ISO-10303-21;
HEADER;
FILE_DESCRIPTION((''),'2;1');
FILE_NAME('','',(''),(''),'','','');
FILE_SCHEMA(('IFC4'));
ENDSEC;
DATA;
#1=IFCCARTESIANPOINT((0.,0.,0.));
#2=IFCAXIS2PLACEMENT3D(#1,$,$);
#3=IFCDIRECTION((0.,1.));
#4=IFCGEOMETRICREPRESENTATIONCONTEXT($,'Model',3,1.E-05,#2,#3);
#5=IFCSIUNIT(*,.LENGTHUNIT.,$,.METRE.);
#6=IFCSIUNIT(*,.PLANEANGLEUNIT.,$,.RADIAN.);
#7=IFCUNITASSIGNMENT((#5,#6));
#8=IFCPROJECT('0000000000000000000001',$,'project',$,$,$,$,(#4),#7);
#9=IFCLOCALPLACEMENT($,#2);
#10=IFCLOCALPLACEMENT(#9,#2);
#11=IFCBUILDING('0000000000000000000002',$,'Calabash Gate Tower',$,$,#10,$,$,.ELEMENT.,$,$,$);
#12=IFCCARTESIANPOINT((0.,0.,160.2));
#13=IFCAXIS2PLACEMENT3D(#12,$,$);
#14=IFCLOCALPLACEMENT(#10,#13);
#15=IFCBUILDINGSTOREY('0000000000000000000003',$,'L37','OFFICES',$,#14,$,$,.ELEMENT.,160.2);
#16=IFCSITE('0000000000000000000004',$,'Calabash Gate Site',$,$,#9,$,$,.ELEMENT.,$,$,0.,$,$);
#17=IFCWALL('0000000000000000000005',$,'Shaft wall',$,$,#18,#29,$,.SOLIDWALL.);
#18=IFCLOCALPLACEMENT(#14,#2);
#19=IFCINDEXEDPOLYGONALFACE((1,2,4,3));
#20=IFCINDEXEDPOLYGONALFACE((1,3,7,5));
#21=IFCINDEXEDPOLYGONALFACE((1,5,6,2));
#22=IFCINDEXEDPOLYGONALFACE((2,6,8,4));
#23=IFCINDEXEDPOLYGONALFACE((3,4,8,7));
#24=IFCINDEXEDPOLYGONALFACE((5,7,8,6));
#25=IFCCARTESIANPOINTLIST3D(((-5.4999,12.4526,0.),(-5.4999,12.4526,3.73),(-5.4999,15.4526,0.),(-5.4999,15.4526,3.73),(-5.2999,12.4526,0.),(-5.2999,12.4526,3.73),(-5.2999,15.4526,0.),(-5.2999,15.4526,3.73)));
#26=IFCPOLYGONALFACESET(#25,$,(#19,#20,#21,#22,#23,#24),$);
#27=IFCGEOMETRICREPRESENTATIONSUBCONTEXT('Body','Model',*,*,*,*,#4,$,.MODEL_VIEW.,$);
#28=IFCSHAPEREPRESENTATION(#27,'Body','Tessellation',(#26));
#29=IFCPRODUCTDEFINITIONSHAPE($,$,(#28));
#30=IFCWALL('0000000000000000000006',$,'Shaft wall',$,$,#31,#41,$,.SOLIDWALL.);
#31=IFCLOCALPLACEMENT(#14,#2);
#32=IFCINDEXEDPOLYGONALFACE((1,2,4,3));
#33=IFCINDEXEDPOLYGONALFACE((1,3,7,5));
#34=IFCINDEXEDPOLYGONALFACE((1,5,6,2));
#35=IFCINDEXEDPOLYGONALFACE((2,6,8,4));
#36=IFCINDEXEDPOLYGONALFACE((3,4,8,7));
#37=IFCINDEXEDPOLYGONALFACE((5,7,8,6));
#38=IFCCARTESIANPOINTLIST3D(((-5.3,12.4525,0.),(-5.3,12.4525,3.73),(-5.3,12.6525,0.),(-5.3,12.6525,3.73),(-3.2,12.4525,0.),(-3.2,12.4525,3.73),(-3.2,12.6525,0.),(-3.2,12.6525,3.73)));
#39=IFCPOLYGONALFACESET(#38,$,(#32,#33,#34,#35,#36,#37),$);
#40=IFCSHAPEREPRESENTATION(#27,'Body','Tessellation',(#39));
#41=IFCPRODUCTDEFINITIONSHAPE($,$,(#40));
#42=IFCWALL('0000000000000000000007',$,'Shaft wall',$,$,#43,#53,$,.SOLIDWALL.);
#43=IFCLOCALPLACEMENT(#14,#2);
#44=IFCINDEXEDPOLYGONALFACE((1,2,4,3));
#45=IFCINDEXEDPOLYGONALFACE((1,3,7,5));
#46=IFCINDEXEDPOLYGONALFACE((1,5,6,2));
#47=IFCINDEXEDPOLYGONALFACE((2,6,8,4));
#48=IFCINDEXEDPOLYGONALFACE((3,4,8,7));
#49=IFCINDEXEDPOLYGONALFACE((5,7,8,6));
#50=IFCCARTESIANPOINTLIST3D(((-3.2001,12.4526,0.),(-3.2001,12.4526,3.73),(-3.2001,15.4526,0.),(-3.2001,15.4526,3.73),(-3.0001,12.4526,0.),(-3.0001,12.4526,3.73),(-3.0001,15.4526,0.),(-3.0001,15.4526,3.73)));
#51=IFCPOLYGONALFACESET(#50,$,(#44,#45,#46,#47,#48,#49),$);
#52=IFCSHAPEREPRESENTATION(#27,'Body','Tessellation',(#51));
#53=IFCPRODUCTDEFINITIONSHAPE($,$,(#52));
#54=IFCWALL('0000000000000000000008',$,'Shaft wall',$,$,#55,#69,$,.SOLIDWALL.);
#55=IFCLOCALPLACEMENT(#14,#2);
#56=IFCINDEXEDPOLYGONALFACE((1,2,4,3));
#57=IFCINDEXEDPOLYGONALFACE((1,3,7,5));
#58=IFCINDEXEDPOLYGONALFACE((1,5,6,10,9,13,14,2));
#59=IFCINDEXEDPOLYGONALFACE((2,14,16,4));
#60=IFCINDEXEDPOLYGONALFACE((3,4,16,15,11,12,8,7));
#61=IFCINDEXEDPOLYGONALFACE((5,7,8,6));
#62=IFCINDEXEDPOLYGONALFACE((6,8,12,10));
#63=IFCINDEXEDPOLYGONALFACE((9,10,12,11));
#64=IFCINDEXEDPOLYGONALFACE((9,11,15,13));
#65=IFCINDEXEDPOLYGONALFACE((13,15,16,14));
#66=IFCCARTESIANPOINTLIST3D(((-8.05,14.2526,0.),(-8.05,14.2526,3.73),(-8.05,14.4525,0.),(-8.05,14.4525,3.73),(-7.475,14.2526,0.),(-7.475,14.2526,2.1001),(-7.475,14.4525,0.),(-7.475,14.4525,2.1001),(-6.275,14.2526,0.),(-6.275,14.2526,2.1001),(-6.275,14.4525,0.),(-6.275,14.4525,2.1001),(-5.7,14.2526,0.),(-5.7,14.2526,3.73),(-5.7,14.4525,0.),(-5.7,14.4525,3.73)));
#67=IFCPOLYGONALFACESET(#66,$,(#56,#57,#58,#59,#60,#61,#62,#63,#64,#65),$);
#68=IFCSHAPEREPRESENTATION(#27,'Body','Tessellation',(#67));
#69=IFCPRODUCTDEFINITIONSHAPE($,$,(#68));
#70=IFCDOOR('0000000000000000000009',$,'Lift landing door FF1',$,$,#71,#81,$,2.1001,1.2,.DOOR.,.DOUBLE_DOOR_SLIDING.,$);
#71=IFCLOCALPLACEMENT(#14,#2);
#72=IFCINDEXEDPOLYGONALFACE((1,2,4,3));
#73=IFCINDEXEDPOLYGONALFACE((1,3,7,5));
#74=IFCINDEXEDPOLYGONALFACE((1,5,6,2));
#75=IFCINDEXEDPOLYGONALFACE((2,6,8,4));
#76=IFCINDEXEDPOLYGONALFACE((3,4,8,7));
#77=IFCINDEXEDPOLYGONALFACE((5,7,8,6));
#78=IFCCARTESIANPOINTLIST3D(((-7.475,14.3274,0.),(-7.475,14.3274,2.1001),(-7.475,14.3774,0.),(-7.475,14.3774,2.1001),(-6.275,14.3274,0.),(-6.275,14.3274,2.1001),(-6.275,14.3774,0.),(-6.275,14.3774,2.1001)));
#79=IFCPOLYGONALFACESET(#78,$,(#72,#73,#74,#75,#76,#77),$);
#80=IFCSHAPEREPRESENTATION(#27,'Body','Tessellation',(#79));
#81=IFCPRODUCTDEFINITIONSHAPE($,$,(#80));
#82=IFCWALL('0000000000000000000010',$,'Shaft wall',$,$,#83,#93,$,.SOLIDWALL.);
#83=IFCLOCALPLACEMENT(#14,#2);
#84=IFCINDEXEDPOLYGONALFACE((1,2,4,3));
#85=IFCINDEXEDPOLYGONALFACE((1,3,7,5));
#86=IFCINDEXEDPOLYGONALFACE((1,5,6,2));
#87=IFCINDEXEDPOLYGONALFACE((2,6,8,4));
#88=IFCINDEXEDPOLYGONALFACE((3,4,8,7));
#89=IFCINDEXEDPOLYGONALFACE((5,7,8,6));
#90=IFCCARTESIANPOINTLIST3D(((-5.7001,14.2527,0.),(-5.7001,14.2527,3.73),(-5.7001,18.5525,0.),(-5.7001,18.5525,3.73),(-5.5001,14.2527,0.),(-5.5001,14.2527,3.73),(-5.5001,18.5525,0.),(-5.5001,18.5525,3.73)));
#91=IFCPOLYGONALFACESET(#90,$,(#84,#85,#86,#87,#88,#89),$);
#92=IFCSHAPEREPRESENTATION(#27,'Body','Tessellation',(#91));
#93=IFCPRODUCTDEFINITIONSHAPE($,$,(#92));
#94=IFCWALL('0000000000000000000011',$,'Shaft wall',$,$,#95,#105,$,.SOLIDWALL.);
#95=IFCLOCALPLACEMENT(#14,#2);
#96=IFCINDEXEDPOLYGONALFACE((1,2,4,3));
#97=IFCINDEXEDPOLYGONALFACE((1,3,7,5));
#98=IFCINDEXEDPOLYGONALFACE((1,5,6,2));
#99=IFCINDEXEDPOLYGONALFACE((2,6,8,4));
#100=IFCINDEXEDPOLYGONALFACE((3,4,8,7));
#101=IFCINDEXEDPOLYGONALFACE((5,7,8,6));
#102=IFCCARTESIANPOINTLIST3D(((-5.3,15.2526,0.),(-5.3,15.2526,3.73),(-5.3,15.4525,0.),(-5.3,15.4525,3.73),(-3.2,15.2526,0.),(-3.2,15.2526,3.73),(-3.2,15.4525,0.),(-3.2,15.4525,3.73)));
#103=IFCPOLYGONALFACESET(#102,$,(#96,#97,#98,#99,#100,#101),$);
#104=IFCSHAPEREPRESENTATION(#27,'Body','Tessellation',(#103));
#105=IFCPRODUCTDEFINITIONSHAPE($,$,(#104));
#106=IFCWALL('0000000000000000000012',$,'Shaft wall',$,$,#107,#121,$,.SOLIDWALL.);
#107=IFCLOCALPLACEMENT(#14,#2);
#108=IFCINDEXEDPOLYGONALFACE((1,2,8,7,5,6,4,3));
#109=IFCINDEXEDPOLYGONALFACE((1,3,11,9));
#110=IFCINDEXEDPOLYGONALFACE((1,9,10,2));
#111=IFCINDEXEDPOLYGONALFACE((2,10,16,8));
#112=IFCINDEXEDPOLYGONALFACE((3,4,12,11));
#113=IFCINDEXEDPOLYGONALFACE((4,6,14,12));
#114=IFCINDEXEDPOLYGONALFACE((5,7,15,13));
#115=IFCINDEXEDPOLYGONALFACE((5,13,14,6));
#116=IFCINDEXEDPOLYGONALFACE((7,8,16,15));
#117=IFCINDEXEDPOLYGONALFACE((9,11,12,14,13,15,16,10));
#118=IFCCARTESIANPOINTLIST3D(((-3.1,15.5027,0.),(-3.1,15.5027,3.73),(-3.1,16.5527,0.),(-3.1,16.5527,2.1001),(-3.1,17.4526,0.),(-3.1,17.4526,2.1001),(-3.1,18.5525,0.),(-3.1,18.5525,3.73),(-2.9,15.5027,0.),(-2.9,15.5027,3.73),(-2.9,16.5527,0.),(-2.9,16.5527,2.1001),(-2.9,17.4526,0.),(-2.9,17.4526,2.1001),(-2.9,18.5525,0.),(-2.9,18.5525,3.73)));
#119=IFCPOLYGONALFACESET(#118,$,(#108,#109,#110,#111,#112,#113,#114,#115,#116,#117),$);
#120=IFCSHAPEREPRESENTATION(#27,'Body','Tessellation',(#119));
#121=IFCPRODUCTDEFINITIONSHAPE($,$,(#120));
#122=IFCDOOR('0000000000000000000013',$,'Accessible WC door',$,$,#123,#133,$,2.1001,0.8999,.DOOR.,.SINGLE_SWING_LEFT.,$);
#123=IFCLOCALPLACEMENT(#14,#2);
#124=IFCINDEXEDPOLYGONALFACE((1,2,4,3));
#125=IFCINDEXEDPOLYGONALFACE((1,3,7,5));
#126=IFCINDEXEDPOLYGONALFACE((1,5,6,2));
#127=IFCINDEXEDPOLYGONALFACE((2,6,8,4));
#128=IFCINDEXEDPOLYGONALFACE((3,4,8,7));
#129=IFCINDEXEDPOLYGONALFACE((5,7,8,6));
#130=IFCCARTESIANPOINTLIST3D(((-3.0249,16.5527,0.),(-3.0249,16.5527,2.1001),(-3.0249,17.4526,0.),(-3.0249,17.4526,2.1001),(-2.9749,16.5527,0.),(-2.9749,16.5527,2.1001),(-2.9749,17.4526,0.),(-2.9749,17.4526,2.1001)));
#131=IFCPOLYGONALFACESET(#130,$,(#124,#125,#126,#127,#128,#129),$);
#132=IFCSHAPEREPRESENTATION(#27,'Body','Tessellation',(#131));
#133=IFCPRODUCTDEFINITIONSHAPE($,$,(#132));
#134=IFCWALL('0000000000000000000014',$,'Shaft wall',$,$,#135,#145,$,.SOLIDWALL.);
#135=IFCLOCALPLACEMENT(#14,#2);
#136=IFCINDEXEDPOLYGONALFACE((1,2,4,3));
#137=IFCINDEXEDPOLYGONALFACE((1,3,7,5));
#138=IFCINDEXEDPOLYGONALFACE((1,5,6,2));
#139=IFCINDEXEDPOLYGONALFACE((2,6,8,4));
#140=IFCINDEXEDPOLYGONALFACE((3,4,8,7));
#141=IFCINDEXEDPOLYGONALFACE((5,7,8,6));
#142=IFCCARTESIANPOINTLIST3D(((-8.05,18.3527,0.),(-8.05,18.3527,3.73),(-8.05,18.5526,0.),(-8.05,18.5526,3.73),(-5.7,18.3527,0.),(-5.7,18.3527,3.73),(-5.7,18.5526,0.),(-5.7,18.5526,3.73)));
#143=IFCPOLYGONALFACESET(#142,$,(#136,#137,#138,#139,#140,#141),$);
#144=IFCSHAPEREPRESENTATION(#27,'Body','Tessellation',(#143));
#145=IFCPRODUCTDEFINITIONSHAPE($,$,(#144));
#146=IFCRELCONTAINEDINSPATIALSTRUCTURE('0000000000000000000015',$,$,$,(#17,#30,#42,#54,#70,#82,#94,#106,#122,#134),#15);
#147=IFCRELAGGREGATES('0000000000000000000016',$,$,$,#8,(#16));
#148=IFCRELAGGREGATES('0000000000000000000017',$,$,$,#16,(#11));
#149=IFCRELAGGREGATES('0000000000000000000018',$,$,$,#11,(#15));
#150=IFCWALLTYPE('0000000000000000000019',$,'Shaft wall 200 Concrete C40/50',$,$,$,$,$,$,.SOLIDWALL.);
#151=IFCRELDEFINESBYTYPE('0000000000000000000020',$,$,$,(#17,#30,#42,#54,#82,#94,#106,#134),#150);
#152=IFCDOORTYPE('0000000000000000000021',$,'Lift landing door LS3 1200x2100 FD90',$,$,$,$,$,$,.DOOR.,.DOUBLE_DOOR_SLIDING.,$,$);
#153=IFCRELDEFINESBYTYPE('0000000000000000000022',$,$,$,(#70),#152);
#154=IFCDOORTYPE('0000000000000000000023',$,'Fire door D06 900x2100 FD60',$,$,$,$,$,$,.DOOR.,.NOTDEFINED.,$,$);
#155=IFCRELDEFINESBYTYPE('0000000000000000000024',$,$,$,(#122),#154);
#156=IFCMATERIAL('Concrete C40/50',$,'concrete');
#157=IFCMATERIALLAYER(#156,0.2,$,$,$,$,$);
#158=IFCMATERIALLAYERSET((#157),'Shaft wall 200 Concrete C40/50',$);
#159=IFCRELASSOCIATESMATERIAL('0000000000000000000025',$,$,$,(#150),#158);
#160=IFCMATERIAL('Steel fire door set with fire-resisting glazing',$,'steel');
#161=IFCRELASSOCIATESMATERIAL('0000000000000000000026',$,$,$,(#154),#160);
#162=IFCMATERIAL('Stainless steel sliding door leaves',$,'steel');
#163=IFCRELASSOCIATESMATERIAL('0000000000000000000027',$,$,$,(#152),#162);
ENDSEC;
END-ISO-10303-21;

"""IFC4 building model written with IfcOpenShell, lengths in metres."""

from ifc_helpers import new_model, si_unit, direction, frame, frame_2d, origin, place, context, subcontext, project, spatial, rectangle, extrude, material, layer, layer_set, type_object, element, fill, save


model = new_model("IFC4")

# Units and contexts
model_context = context("Model", 3, precision=1e-05, world=origin(), true_north=direction((0.0, 1.0)))
body_context = subcontext(model_context, "Body", "Model", "MODEL_VIEW")
ifc_project = project(units=[si_unit("LENGTHUNIT", "METRE"), si_unit("PLANEANGLEUNIT", "RADIAN")], contexts=[model_context])

# Site, building, storey
site_placement = place(None, origin())
site = spatial("IfcSite", under=ifc_project, at=site_placement, Name="Calabash Gate Site", CompositionType="ELEMENT", RefElevation=0.0)
building_placement = place(site_placement, origin())
building = spatial("IfcBuilding", under=site, at=building_placement, Name="Calabash Gate Tower", CompositionType="ELEMENT")
storey_placement = place(building_placement, frame((0.0, 0.0, 160.2)))
storey = spatial("IfcBuildingStorey", under=building, at=storey_placement, Name="L37", Description="OFFICES", CompositionType="ELEMENT", Elevation=160.2)

# Shared definitions
ifc_material_1 = material(Name="Concrete C40/50", Category="concrete")
ifc_layer_1 = layer(ifc_material_1, 0.2)
ifc_layer_set_1 = layer_set([ifc_layer_1], Name="Shaft wall 200 Concrete C40/50")
wall_type_1 = type_object("IfcWallType", Name="Shaft wall 200 Concrete C40/50", PredefinedType="SOLIDWALL", material=ifc_layer_set_1)

# Shared definitions
ifc_material_2 = material(Name="Steel fire door set with fire-resisting glazing", Category="steel")
door_type_1 = type_object("IfcDoorType", Name="Fire door D06 900x2100 FD60", OperationType="NOTDEFINED", PredefinedType="DOOR", material=ifc_material_2)

# Walls
wall_1_placement = place(storey_placement, frame((-5.3999, 12.4526, 0.0), z_axis=(0.0, 0.0, 1.0), x_axis=(0.0, 1.0, 0.0)))
element("IfcWall", 1, at=wall_1_placement, inside=storey, type_object=wall_type_1, Name="Shaft wall", PredefinedType="SOLIDWALL", context=body_context, shape_type="SweptSolid", body=[
    extrude(rectangle(XDim=3.0, YDim=0.2, at=frame_2d((1.5, 0.0))), origin(), (0.0, 0.0, 1.0), 3.73),
])
wall_2_placement = place(storey_placement, frame((-5.3, 12.5525, 0.0), z_axis=(0.0, 0.0, 1.0), x_axis=(1.0, 0.0, 0.0)))
element("IfcWall", 2, at=wall_2_placement, inside=storey, type_object=wall_type_1, Name="Shaft wall", PredefinedType="SOLIDWALL", context=body_context, shape_type="SweptSolid", body=[
    extrude(rectangle(XDim=2.1001, YDim=0.2, at=frame_2d((1.05, 0.0))), origin(), (0.0, 0.0, 1.0), 3.73),
])
wall_3_placement = place(storey_placement, frame((-3.1001, 12.4526, 0.0), z_axis=(0.0, 0.0, 1.0), x_axis=(0.0, 1.0, 0.0)))
element("IfcWall", 3, at=wall_3_placement, inside=storey, type_object=wall_type_1, Name="Shaft wall", PredefinedType="SOLIDWALL", context=body_context, shape_type="SweptSolid", body=[
    extrude(rectangle(XDim=3.0, YDim=0.2, at=frame_2d((1.5, 0.0))), origin(), (0.0, 0.0, 1.0), 3.73),
])

# Wall, opening, door
wall_4_placement = place(storey_placement, frame((-8.05, 14.3525, 0.0), z_axis=(0.0, 0.0, 1.0), x_axis=(1.0, 0.0, 0.0)))
wall_4 = element("IfcWall", 4, at=wall_4_placement, inside=storey, type_object=wall_type_1, Name="Shaft wall", PredefinedType="SOLIDWALL", context=body_context, shape_type="SweptSolid", body=[
    extrude(rectangle(XDim=2.3501, YDim=0.2, at=frame_2d((1.175, 0.0))), origin(), (0.0, 0.0, 1.0), 3.73),
])
opening_1_placement = place(wall_4_placement, frame((0.575, 0.0, 0.0)))
opening_1 = element("IfcOpeningElement", 5, at=opening_1_placement, cuts=wall_4, PredefinedType="OPENING", context=body_context, shape_type="SweptSolid", body=[
    extrude(rectangle(XDim=1.2, YDim=2.1001, at=frame_2d((0.6001, 1.05))), frame((0.0, 0.1099, 0.0), z_axis=(0.0, -1.0, 0.0), x_axis=(1.0, 0.0, 0.0)), (0.0, 0.0, 1.0), 0.22),
])
ifc_material_3 = material(Name="Stainless steel sliding door leaves", Category="steel")
door_type_2 = type_object("IfcDoorType", Name="Lift landing door LS3 1200x2100 FD90", OperationType="DOUBLE_DOOR_SLIDING", PredefinedType="DOOR", material=ifc_material_3)
door_1_placement = place(opening_1_placement, origin())
door_1 = element("IfcDoor", 6, at=door_1_placement, inside=storey, type_object=door_type_2, Name="Lift landing door FF1", OperationType="DOUBLE_DOOR_SLIDING", OverallHeight=2.1001, OverallWidth=1.2, PredefinedType="DOOR", context=body_context, shape_type="SweptSolid", body=[
    extrude(rectangle(XDim=1.2, YDim=2.1001, at=frame_2d((0.6001, 1.05))), frame((0.0, 0.0249, 0.0), z_axis=(0.0, -1.0, 0.0), x_axis=(1.0, 0.0, 0.0)), (0.0, 0.0, 1.0), 0.05),
])
fill(opening_1, door_1)

# Walls
wall_5_placement = place(storey_placement, frame((-5.6001, 14.2527, 0.0), z_axis=(0.0, 0.0, 1.0), x_axis=(0.0, 1.0, 0.0)))
element("IfcWall", 7, at=wall_5_placement, inside=storey, type_object=wall_type_1, Name="Shaft wall", PredefinedType="SOLIDWALL", context=body_context, shape_type="SweptSolid", body=[
    extrude(rectangle(XDim=4.2998, YDim=0.2, at=frame_2d((2.1499, 0.0))), origin(), (0.0, 0.0, 1.0), 3.73),
])
wall_6_placement = place(storey_placement, frame((-5.3, 15.3525, 0.0), z_axis=(0.0, 0.0, 1.0), x_axis=(1.0, 0.0, 0.0)))
element("IfcWall", 8, at=wall_6_placement, inside=storey, type_object=wall_type_1, Name="Shaft wall", PredefinedType="SOLIDWALL", context=body_context, shape_type="SweptSolid", body=[
    extrude(rectangle(XDim=2.1001, YDim=0.2, at=frame_2d((1.05, 0.0))), origin(), (0.0, 0.0, 1.0), 3.73),
])

# Wall, opening, door
wall_7_placement = place(storey_placement, frame((-3.0, 15.5027, 0.0), z_axis=(0.0, 0.0, 1.0), x_axis=(0.0, 1.0, 0.0)))
wall_7 = element("IfcWall", 9, at=wall_7_placement, inside=storey, type_object=wall_type_1, Name="Shaft wall", PredefinedType="SOLIDWALL", context=body_context, shape_type="SweptSolid", body=[
    extrude(rectangle(XDim=3.0498, YDim=0.2, at=frame_2d((1.5249, 0.0))), origin(), (0.0, 0.0, 1.0), 3.73),
])
opening_2_placement = place(wall_7_placement, frame((1.05, 0.0, 0.0)))
opening_2 = element("IfcOpeningElement", 10, at=opening_2_placement, cuts=wall_7, PredefinedType="OPENING", context=body_context, shape_type="SweptSolid", body=[
    extrude(rectangle(XDim=0.8999, YDim=2.1001, at=frame_2d((0.45, 1.05))), frame((0.0, 0.1099, 0.0), z_axis=(0.0, -1.0, 0.0), x_axis=(1.0, 0.0, 0.0)), (0.0, 0.0, 1.0), 0.22),
])
door_2_placement = place(opening_2_placement, origin())
door_2 = element("IfcDoor", 11, at=door_2_placement, inside=storey, type_object=door_type_1, Name="Accessible WC door", OperationType="SINGLE_SWING_LEFT", OverallHeight=2.1001, OverallWidth=0.8999, PredefinedType="DOOR", context=body_context, shape_type="SweptSolid", body=[
    extrude(rectangle(XDim=0.8999, YDim=2.1001, at=frame_2d((0.45, 1.05))), frame((0.0, 0.0249, 0.0), z_axis=(0.0, -1.0, 0.0), x_axis=(1.0, 0.0, 0.0)), (0.0, 0.0, 1.0), 0.05),
])
fill(opening_2, door_2)

# Wall
wall_8_placement = place(storey_placement, frame((-8.05, 18.4526, 0.0), z_axis=(0.0, 0.0, 1.0), x_axis=(1.0, 0.0, 0.0)))
element("IfcWall", 12, at=wall_8_placement, inside=storey, type_object=wall_type_1, Name="Shaft wall", PredefinedType="SOLIDWALL", context=body_context, shape_type="SweptSolid", body=[
    extrude(rectangle(XDim=2.3501, YDim=0.2, at=frame_2d((1.175, 0.0))), origin(), (0.0, 0.0, 1.0), 3.73),
])

save(model, "model.ifc")
